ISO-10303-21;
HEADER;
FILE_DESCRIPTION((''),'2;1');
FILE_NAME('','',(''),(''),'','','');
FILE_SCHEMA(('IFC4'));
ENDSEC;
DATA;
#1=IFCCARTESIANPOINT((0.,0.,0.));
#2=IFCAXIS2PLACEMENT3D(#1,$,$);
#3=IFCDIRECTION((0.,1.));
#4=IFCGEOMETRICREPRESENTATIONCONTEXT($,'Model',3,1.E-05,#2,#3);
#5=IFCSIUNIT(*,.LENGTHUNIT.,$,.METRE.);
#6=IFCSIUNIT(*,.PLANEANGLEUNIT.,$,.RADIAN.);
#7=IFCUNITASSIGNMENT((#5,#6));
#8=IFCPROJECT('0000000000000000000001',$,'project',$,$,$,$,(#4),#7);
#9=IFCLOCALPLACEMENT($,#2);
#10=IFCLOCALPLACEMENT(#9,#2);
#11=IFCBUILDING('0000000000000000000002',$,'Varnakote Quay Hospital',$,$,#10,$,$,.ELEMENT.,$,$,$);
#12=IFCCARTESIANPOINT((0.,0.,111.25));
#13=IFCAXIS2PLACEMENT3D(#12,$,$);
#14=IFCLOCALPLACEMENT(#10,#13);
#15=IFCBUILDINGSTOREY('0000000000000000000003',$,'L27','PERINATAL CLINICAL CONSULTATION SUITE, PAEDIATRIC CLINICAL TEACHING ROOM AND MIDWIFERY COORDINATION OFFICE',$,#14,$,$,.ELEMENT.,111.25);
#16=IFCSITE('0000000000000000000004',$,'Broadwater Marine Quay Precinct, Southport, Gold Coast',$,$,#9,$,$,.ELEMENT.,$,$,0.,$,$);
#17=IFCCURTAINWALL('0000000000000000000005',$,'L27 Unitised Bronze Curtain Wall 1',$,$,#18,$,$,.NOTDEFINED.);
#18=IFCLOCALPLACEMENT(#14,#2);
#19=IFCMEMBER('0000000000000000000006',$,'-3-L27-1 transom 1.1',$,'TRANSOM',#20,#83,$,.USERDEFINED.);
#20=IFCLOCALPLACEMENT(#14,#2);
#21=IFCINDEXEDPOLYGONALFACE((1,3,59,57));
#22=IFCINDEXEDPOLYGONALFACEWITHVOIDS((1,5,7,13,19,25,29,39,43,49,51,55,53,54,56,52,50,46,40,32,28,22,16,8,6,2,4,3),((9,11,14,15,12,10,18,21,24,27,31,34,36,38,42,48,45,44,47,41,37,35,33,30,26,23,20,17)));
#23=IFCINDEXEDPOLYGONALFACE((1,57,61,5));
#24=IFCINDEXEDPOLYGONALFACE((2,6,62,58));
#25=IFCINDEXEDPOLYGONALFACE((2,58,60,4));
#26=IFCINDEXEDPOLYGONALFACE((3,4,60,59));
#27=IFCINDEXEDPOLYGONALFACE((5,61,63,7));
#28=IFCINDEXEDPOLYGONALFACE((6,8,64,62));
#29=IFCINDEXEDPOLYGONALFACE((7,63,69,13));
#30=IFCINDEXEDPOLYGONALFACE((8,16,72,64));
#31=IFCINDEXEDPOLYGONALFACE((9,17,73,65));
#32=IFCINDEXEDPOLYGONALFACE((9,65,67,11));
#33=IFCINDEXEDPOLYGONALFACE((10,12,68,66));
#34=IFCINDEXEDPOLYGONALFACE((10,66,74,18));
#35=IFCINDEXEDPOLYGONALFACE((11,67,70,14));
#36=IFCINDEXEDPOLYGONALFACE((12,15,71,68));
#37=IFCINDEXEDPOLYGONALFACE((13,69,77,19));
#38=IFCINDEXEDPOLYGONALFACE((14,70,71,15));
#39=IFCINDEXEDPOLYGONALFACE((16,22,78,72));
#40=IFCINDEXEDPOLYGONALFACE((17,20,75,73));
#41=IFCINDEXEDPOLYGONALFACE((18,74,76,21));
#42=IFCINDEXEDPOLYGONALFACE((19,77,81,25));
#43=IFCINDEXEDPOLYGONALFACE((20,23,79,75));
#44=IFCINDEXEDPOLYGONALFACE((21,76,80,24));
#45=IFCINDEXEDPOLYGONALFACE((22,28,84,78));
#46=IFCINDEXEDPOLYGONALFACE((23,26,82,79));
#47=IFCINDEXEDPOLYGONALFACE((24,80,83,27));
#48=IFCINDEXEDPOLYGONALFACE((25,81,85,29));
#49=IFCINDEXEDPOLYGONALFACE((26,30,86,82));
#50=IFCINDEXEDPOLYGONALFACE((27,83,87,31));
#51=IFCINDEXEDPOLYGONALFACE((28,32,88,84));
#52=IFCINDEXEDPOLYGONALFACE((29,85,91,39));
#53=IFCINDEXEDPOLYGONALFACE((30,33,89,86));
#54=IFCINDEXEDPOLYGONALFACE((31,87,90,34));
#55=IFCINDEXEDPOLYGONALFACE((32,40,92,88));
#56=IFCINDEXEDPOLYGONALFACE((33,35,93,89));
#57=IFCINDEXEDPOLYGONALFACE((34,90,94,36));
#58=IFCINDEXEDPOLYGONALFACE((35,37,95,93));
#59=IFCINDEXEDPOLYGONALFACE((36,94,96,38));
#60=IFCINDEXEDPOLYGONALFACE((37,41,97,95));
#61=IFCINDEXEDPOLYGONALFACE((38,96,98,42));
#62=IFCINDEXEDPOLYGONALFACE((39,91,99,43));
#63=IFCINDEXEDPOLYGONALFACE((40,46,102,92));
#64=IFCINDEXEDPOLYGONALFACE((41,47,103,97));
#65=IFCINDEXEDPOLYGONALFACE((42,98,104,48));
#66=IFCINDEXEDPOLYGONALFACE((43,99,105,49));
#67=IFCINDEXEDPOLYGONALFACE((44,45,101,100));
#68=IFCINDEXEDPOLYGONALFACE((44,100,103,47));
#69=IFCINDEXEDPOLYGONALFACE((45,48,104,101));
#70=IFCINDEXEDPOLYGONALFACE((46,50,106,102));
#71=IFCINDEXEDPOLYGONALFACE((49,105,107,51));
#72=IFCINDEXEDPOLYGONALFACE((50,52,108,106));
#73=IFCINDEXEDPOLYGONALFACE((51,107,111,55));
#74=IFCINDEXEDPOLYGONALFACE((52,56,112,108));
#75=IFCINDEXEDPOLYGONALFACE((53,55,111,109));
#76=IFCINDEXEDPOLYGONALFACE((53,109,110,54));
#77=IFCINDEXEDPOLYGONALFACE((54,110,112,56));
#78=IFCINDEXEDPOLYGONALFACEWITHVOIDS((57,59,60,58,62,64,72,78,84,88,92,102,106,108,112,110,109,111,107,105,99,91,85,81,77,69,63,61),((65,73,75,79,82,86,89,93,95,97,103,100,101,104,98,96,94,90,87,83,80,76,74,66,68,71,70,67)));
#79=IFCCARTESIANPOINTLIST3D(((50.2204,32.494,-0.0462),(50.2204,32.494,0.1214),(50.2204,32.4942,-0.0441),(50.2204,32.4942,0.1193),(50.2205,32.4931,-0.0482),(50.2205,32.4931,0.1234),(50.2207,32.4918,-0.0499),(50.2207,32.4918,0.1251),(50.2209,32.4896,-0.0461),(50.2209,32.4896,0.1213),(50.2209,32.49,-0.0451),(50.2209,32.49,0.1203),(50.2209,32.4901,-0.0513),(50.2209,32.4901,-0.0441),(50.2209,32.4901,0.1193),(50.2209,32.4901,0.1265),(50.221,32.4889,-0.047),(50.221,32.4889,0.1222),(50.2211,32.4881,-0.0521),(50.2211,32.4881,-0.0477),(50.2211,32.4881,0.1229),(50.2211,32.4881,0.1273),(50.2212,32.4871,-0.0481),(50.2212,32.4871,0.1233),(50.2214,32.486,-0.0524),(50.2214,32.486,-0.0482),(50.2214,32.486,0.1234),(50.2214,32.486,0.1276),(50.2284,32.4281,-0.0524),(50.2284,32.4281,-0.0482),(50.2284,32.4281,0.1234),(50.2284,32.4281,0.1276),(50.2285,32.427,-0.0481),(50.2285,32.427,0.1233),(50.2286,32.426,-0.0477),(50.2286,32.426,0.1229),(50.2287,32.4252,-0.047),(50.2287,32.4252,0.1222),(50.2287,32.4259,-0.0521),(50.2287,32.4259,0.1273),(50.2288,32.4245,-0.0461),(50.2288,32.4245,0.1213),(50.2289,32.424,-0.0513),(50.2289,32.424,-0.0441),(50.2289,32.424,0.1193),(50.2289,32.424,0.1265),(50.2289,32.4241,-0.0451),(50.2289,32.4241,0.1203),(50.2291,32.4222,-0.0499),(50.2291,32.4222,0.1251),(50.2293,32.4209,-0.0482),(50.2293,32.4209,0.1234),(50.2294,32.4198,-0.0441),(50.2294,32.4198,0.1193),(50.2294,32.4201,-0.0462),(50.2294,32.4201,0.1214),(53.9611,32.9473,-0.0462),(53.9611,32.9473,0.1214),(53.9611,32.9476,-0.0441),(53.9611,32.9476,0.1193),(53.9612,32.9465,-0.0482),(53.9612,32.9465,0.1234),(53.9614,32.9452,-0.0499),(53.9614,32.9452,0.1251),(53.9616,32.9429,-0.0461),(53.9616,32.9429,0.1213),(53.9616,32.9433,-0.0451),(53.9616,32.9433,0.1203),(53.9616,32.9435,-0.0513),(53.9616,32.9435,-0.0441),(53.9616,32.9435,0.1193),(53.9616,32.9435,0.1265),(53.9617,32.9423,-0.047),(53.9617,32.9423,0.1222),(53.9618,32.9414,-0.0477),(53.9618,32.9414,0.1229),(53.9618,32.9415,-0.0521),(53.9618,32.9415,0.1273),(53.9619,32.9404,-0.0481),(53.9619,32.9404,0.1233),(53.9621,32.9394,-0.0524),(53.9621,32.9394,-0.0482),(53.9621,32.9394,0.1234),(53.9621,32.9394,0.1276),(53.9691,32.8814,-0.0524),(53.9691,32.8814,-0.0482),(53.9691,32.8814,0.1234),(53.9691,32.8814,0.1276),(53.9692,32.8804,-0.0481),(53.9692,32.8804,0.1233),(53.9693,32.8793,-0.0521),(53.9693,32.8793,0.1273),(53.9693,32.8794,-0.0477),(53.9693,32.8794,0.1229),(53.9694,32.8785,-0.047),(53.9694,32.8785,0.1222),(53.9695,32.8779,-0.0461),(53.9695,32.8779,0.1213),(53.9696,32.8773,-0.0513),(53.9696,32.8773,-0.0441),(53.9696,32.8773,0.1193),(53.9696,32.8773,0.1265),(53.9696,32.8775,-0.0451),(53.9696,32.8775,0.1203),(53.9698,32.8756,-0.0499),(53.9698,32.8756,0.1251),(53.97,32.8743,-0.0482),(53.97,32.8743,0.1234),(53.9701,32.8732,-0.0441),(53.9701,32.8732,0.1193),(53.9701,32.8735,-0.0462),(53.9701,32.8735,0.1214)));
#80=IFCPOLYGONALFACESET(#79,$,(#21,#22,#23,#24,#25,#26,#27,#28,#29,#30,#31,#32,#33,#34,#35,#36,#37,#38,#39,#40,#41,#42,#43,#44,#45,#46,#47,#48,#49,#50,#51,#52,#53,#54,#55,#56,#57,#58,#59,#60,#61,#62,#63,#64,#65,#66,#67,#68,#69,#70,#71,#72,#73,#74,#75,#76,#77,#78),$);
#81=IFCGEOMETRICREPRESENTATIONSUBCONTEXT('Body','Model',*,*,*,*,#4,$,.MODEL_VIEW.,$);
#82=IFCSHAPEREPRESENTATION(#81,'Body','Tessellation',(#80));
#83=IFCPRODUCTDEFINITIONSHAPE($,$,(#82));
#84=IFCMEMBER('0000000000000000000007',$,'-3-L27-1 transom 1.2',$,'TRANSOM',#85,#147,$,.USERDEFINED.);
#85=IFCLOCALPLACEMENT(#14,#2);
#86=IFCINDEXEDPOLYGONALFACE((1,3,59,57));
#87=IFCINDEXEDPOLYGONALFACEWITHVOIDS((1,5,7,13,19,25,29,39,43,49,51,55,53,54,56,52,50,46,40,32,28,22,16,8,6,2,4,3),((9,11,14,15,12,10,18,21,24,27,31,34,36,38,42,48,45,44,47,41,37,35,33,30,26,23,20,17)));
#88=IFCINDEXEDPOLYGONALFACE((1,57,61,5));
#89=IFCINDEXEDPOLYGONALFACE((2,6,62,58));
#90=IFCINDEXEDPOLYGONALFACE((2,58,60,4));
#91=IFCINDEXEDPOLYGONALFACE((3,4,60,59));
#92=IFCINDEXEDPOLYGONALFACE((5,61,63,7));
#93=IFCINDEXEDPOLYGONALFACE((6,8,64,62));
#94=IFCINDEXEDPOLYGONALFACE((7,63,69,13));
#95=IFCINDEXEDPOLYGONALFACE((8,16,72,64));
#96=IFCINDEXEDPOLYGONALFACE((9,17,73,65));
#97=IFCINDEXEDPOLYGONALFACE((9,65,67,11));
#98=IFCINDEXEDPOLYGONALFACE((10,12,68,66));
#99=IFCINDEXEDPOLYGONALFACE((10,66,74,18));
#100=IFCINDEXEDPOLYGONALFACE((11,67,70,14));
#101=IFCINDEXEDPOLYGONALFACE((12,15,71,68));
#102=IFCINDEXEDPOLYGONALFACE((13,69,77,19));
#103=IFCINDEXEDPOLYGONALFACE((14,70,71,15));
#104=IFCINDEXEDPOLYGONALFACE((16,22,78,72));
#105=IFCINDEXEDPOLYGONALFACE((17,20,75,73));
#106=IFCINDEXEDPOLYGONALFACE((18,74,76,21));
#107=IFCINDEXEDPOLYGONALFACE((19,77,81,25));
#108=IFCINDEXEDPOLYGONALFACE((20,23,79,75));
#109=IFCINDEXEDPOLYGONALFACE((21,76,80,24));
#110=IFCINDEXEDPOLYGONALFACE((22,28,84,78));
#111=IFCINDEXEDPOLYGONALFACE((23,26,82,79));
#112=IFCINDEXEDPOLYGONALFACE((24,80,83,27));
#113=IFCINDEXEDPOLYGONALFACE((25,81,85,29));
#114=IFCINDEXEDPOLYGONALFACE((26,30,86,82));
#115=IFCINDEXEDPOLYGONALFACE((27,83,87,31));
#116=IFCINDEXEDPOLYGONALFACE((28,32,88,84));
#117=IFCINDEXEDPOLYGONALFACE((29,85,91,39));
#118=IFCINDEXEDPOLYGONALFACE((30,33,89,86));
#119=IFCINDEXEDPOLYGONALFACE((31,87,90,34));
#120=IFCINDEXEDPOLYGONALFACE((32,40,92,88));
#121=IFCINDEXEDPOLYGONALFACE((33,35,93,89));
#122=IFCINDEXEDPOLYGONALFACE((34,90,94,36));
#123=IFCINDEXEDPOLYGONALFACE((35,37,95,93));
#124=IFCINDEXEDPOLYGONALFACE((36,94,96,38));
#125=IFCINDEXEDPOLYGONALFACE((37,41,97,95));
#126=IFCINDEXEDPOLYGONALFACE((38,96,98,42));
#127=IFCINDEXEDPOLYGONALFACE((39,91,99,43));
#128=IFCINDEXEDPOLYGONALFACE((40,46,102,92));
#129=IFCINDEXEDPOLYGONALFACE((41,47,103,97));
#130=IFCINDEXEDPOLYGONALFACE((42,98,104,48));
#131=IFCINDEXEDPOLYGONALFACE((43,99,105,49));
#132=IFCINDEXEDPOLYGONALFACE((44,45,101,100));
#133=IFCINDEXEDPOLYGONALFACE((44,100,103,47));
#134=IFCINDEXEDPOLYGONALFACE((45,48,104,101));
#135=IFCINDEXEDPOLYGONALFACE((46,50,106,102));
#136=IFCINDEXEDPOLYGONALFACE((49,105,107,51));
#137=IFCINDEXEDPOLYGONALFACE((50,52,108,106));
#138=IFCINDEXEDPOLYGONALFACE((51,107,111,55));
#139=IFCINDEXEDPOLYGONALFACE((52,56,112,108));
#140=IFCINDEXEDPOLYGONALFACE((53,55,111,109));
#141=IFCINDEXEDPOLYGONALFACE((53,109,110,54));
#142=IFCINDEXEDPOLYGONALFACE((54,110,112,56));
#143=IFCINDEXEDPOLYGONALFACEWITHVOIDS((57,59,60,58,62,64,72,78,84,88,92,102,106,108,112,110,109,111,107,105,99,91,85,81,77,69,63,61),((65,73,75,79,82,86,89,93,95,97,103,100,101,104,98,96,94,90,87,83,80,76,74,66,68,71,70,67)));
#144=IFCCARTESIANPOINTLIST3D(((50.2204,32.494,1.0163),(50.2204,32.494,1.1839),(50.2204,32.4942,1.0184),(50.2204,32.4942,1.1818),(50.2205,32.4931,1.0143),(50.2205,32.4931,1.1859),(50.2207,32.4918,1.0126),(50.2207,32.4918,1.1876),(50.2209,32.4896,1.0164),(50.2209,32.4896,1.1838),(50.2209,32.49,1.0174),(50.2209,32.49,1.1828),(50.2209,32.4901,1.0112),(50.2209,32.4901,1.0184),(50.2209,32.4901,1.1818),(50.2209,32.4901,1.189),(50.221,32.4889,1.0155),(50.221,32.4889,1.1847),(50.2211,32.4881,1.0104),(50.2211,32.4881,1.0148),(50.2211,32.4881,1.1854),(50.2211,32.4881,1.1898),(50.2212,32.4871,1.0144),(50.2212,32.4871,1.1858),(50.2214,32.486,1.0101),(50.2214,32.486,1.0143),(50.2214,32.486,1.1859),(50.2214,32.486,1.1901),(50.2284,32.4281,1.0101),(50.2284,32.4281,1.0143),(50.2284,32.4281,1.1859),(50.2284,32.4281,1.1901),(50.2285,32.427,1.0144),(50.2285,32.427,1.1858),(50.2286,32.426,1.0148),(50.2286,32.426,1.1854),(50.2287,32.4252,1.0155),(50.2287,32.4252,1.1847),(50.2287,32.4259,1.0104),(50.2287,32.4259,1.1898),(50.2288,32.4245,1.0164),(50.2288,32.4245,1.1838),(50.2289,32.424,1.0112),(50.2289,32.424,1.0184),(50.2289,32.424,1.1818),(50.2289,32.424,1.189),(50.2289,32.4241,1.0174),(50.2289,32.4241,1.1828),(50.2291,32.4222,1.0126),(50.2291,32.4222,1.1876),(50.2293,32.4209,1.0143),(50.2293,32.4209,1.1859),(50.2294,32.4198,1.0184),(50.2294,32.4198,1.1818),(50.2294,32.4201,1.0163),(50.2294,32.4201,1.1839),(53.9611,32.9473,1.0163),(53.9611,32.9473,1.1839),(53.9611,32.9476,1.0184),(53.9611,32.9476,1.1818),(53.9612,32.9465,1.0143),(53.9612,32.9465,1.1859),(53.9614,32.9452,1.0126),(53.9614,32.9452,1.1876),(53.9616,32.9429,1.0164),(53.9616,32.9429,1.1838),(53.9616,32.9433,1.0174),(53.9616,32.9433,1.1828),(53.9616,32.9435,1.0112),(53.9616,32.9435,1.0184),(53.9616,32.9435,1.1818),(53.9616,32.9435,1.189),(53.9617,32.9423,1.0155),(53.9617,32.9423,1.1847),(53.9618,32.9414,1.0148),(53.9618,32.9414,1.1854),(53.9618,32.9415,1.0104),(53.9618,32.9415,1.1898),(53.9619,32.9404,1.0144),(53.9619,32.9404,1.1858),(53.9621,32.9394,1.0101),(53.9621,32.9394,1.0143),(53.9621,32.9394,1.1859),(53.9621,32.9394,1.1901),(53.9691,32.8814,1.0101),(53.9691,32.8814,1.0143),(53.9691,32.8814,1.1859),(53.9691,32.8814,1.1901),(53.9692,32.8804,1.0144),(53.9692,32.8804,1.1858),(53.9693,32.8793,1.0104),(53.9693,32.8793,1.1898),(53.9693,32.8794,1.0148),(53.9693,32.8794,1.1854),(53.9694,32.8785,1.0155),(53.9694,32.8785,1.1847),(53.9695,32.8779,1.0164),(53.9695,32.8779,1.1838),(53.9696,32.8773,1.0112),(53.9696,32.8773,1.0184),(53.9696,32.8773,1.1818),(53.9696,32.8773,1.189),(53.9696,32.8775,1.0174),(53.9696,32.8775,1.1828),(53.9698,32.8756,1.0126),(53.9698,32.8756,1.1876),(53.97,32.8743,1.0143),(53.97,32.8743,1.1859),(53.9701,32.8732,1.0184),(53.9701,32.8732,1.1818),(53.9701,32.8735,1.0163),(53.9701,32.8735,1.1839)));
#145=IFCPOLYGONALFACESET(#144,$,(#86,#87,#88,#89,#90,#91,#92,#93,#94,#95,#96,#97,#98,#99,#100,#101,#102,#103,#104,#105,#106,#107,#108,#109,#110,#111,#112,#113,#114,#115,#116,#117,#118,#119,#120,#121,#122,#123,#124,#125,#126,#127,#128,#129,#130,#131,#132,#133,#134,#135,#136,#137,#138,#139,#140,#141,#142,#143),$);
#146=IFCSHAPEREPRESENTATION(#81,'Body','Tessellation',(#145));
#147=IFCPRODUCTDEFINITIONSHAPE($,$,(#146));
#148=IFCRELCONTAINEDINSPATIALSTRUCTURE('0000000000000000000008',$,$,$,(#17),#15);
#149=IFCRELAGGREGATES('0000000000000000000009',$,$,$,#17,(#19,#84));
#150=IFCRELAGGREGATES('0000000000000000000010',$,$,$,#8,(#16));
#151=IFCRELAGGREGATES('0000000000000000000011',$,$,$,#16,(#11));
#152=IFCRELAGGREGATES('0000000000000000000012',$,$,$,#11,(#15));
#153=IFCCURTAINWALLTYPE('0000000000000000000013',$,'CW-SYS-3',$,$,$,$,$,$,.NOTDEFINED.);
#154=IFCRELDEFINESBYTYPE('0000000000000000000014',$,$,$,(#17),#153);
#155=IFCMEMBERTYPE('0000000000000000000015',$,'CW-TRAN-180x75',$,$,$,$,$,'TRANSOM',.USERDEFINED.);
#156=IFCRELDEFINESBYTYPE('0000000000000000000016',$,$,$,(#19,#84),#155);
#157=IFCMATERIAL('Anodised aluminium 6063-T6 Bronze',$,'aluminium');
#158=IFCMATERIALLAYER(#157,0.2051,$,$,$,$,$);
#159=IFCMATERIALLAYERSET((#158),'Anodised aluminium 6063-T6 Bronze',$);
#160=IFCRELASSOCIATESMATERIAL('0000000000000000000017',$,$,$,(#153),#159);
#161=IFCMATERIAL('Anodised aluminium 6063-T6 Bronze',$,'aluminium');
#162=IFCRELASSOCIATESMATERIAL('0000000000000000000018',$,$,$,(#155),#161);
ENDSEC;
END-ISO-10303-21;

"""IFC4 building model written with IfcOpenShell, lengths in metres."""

from ifc_helpers import new_model, si_unit, direction, frame, origin, origin_2d, place, context, subcontext, project, spatial, hollow_rectangle, extrude, material, layer, layer_set, material_profile, profile_set, type_object, element, aggregate, save


model = new_model("IFC4")

# Units and contexts
model_context = context("Model", 3, precision=1e-05, world=origin(), true_north=direction((0.0, 1.0)))
body_context = subcontext(model_context, "Body", "Model", "MODEL_VIEW")
ifc_project = project(units=[si_unit("LENGTHUNIT", "METRE"), si_unit("PLANEANGLEUNIT", "RADIAN")], contexts=[model_context])

# Site, building, storey
site_placement = place(None, origin())
site = spatial("IfcSite", under=ifc_project, at=site_placement, Name="Broadwater Marine Quay Precinct, Southport, Gold Coast", CompositionType="ELEMENT", RefElevation=0.0)
building_placement = place(site_placement, origin())
building = spatial("IfcBuilding", under=site, at=building_placement, Name="Varnakote Quay Hospital", CompositionType="ELEMENT")
storey_placement = place(building_placement, frame((0.0, 0.0, 111.25)))
storey = spatial("IfcBuildingStorey", under=building, at=storey_placement, Name="L27", Description="PERINATAL CLINICAL CONSULTATION SUITE, PAEDIATRIC CLINICAL TEACHING ROOM AND MIDWIFERY COORDINATION OFFICE", CompositionType="ELEMENT", Elevation=111.25)

# Curtain wall, members
ifc_material_1 = material(Name="Anodised aluminium 6063-T6 Bronze", Category="aluminium")
ifc_layer_1 = layer(ifc_material_1, 0.2051)
ifc_layer_set_1 = layer_set([ifc_layer_1], Name="Anodised aluminium 6063-T6 Bronze")
curtain_wall_type = type_object("IfcCurtainWallType", Name="CW-SYS-3", PredefinedType="NOTDEFINED", material=ifc_layer_set_1)
curtain_wall_placement = place(storey_placement, origin())
curtain_wall = element("IfcCurtainWall", 1, at=curtain_wall_placement, inside=storey, type_object=curtain_wall_type, Name="L27 Unitised Bronze Curtain Wall 1", PredefinedType="NOTDEFINED")
ifc_material_2 = material(Name="Anodised aluminium 6063-T6 Bronze", Category="aluminium")
ifc_material_profile_1 = material_profile(ifc_material_2, hollow_rectangle(XDim=0.075, YDim=0.1799, WallThickness=0.0042, InnerFilletRadius=0.0042, OuterFilletRadius=0.0083, at=origin_2d()), Name="CW-TRAN-180x75")
ifc_profile_set_1 = profile_set([ifc_material_profile_1], Name="Anodised aluminium 6063-T6 Bronze")
member_type_1 = type_object("IfcMemberType", Name="CW-TRAN-180x75", ElementType="TRANSOM", PredefinedType="USERDEFINED", material=ifc_profile_set_1)
member_1_placement = place(storey_placement, frame((53.9656, 32.9104, 0.0376), z_axis=(-0.992735, -0.120318, 0.0), x_axis=(0.120318, -0.992735, 0.0)))
member_1 = element("IfcMember", 2, at=member_1_placement, type_object=member_type_1, Name="-3-L27-1 transom 1.1", ObjectType="TRANSOM", PredefinedType="USERDEFINED", context=body_context, shape_type="SweptSolid", body=[
    extrude(hollow_rectangle(XDim=0.075, YDim=0.1799, WallThickness=0.0042, InnerFilletRadius=0.0042, OuterFilletRadius=0.0083, at=origin_2d()), origin(), (0.0, 0.0, 1.0), 3.7681),
])
member_2_placement = place(storey_placement, frame((53.9656, 32.9104, 1.1001), z_axis=(-0.992735, -0.120318, 0.0), x_axis=(0.120318, -0.992735, 0.0)))
member_2 = element("IfcMember", 3, at=member_2_placement, type_object=member_type_1, Name="-3-L27-1 transom 1.2", ObjectType="TRANSOM", PredefinedType="USERDEFINED", context=body_context, shape_type="SweptSolid", body=[
    extrude(hollow_rectangle(XDim=0.075, YDim=0.1799, WallThickness=0.0042, InnerFilletRadius=0.0042, OuterFilletRadius=0.0083, at=origin_2d()), origin(), (0.0, 0.0, 1.0), 3.7681),
])
aggregate(curtain_wall, [member_1, member_2])

save(model, "model.ifc")
